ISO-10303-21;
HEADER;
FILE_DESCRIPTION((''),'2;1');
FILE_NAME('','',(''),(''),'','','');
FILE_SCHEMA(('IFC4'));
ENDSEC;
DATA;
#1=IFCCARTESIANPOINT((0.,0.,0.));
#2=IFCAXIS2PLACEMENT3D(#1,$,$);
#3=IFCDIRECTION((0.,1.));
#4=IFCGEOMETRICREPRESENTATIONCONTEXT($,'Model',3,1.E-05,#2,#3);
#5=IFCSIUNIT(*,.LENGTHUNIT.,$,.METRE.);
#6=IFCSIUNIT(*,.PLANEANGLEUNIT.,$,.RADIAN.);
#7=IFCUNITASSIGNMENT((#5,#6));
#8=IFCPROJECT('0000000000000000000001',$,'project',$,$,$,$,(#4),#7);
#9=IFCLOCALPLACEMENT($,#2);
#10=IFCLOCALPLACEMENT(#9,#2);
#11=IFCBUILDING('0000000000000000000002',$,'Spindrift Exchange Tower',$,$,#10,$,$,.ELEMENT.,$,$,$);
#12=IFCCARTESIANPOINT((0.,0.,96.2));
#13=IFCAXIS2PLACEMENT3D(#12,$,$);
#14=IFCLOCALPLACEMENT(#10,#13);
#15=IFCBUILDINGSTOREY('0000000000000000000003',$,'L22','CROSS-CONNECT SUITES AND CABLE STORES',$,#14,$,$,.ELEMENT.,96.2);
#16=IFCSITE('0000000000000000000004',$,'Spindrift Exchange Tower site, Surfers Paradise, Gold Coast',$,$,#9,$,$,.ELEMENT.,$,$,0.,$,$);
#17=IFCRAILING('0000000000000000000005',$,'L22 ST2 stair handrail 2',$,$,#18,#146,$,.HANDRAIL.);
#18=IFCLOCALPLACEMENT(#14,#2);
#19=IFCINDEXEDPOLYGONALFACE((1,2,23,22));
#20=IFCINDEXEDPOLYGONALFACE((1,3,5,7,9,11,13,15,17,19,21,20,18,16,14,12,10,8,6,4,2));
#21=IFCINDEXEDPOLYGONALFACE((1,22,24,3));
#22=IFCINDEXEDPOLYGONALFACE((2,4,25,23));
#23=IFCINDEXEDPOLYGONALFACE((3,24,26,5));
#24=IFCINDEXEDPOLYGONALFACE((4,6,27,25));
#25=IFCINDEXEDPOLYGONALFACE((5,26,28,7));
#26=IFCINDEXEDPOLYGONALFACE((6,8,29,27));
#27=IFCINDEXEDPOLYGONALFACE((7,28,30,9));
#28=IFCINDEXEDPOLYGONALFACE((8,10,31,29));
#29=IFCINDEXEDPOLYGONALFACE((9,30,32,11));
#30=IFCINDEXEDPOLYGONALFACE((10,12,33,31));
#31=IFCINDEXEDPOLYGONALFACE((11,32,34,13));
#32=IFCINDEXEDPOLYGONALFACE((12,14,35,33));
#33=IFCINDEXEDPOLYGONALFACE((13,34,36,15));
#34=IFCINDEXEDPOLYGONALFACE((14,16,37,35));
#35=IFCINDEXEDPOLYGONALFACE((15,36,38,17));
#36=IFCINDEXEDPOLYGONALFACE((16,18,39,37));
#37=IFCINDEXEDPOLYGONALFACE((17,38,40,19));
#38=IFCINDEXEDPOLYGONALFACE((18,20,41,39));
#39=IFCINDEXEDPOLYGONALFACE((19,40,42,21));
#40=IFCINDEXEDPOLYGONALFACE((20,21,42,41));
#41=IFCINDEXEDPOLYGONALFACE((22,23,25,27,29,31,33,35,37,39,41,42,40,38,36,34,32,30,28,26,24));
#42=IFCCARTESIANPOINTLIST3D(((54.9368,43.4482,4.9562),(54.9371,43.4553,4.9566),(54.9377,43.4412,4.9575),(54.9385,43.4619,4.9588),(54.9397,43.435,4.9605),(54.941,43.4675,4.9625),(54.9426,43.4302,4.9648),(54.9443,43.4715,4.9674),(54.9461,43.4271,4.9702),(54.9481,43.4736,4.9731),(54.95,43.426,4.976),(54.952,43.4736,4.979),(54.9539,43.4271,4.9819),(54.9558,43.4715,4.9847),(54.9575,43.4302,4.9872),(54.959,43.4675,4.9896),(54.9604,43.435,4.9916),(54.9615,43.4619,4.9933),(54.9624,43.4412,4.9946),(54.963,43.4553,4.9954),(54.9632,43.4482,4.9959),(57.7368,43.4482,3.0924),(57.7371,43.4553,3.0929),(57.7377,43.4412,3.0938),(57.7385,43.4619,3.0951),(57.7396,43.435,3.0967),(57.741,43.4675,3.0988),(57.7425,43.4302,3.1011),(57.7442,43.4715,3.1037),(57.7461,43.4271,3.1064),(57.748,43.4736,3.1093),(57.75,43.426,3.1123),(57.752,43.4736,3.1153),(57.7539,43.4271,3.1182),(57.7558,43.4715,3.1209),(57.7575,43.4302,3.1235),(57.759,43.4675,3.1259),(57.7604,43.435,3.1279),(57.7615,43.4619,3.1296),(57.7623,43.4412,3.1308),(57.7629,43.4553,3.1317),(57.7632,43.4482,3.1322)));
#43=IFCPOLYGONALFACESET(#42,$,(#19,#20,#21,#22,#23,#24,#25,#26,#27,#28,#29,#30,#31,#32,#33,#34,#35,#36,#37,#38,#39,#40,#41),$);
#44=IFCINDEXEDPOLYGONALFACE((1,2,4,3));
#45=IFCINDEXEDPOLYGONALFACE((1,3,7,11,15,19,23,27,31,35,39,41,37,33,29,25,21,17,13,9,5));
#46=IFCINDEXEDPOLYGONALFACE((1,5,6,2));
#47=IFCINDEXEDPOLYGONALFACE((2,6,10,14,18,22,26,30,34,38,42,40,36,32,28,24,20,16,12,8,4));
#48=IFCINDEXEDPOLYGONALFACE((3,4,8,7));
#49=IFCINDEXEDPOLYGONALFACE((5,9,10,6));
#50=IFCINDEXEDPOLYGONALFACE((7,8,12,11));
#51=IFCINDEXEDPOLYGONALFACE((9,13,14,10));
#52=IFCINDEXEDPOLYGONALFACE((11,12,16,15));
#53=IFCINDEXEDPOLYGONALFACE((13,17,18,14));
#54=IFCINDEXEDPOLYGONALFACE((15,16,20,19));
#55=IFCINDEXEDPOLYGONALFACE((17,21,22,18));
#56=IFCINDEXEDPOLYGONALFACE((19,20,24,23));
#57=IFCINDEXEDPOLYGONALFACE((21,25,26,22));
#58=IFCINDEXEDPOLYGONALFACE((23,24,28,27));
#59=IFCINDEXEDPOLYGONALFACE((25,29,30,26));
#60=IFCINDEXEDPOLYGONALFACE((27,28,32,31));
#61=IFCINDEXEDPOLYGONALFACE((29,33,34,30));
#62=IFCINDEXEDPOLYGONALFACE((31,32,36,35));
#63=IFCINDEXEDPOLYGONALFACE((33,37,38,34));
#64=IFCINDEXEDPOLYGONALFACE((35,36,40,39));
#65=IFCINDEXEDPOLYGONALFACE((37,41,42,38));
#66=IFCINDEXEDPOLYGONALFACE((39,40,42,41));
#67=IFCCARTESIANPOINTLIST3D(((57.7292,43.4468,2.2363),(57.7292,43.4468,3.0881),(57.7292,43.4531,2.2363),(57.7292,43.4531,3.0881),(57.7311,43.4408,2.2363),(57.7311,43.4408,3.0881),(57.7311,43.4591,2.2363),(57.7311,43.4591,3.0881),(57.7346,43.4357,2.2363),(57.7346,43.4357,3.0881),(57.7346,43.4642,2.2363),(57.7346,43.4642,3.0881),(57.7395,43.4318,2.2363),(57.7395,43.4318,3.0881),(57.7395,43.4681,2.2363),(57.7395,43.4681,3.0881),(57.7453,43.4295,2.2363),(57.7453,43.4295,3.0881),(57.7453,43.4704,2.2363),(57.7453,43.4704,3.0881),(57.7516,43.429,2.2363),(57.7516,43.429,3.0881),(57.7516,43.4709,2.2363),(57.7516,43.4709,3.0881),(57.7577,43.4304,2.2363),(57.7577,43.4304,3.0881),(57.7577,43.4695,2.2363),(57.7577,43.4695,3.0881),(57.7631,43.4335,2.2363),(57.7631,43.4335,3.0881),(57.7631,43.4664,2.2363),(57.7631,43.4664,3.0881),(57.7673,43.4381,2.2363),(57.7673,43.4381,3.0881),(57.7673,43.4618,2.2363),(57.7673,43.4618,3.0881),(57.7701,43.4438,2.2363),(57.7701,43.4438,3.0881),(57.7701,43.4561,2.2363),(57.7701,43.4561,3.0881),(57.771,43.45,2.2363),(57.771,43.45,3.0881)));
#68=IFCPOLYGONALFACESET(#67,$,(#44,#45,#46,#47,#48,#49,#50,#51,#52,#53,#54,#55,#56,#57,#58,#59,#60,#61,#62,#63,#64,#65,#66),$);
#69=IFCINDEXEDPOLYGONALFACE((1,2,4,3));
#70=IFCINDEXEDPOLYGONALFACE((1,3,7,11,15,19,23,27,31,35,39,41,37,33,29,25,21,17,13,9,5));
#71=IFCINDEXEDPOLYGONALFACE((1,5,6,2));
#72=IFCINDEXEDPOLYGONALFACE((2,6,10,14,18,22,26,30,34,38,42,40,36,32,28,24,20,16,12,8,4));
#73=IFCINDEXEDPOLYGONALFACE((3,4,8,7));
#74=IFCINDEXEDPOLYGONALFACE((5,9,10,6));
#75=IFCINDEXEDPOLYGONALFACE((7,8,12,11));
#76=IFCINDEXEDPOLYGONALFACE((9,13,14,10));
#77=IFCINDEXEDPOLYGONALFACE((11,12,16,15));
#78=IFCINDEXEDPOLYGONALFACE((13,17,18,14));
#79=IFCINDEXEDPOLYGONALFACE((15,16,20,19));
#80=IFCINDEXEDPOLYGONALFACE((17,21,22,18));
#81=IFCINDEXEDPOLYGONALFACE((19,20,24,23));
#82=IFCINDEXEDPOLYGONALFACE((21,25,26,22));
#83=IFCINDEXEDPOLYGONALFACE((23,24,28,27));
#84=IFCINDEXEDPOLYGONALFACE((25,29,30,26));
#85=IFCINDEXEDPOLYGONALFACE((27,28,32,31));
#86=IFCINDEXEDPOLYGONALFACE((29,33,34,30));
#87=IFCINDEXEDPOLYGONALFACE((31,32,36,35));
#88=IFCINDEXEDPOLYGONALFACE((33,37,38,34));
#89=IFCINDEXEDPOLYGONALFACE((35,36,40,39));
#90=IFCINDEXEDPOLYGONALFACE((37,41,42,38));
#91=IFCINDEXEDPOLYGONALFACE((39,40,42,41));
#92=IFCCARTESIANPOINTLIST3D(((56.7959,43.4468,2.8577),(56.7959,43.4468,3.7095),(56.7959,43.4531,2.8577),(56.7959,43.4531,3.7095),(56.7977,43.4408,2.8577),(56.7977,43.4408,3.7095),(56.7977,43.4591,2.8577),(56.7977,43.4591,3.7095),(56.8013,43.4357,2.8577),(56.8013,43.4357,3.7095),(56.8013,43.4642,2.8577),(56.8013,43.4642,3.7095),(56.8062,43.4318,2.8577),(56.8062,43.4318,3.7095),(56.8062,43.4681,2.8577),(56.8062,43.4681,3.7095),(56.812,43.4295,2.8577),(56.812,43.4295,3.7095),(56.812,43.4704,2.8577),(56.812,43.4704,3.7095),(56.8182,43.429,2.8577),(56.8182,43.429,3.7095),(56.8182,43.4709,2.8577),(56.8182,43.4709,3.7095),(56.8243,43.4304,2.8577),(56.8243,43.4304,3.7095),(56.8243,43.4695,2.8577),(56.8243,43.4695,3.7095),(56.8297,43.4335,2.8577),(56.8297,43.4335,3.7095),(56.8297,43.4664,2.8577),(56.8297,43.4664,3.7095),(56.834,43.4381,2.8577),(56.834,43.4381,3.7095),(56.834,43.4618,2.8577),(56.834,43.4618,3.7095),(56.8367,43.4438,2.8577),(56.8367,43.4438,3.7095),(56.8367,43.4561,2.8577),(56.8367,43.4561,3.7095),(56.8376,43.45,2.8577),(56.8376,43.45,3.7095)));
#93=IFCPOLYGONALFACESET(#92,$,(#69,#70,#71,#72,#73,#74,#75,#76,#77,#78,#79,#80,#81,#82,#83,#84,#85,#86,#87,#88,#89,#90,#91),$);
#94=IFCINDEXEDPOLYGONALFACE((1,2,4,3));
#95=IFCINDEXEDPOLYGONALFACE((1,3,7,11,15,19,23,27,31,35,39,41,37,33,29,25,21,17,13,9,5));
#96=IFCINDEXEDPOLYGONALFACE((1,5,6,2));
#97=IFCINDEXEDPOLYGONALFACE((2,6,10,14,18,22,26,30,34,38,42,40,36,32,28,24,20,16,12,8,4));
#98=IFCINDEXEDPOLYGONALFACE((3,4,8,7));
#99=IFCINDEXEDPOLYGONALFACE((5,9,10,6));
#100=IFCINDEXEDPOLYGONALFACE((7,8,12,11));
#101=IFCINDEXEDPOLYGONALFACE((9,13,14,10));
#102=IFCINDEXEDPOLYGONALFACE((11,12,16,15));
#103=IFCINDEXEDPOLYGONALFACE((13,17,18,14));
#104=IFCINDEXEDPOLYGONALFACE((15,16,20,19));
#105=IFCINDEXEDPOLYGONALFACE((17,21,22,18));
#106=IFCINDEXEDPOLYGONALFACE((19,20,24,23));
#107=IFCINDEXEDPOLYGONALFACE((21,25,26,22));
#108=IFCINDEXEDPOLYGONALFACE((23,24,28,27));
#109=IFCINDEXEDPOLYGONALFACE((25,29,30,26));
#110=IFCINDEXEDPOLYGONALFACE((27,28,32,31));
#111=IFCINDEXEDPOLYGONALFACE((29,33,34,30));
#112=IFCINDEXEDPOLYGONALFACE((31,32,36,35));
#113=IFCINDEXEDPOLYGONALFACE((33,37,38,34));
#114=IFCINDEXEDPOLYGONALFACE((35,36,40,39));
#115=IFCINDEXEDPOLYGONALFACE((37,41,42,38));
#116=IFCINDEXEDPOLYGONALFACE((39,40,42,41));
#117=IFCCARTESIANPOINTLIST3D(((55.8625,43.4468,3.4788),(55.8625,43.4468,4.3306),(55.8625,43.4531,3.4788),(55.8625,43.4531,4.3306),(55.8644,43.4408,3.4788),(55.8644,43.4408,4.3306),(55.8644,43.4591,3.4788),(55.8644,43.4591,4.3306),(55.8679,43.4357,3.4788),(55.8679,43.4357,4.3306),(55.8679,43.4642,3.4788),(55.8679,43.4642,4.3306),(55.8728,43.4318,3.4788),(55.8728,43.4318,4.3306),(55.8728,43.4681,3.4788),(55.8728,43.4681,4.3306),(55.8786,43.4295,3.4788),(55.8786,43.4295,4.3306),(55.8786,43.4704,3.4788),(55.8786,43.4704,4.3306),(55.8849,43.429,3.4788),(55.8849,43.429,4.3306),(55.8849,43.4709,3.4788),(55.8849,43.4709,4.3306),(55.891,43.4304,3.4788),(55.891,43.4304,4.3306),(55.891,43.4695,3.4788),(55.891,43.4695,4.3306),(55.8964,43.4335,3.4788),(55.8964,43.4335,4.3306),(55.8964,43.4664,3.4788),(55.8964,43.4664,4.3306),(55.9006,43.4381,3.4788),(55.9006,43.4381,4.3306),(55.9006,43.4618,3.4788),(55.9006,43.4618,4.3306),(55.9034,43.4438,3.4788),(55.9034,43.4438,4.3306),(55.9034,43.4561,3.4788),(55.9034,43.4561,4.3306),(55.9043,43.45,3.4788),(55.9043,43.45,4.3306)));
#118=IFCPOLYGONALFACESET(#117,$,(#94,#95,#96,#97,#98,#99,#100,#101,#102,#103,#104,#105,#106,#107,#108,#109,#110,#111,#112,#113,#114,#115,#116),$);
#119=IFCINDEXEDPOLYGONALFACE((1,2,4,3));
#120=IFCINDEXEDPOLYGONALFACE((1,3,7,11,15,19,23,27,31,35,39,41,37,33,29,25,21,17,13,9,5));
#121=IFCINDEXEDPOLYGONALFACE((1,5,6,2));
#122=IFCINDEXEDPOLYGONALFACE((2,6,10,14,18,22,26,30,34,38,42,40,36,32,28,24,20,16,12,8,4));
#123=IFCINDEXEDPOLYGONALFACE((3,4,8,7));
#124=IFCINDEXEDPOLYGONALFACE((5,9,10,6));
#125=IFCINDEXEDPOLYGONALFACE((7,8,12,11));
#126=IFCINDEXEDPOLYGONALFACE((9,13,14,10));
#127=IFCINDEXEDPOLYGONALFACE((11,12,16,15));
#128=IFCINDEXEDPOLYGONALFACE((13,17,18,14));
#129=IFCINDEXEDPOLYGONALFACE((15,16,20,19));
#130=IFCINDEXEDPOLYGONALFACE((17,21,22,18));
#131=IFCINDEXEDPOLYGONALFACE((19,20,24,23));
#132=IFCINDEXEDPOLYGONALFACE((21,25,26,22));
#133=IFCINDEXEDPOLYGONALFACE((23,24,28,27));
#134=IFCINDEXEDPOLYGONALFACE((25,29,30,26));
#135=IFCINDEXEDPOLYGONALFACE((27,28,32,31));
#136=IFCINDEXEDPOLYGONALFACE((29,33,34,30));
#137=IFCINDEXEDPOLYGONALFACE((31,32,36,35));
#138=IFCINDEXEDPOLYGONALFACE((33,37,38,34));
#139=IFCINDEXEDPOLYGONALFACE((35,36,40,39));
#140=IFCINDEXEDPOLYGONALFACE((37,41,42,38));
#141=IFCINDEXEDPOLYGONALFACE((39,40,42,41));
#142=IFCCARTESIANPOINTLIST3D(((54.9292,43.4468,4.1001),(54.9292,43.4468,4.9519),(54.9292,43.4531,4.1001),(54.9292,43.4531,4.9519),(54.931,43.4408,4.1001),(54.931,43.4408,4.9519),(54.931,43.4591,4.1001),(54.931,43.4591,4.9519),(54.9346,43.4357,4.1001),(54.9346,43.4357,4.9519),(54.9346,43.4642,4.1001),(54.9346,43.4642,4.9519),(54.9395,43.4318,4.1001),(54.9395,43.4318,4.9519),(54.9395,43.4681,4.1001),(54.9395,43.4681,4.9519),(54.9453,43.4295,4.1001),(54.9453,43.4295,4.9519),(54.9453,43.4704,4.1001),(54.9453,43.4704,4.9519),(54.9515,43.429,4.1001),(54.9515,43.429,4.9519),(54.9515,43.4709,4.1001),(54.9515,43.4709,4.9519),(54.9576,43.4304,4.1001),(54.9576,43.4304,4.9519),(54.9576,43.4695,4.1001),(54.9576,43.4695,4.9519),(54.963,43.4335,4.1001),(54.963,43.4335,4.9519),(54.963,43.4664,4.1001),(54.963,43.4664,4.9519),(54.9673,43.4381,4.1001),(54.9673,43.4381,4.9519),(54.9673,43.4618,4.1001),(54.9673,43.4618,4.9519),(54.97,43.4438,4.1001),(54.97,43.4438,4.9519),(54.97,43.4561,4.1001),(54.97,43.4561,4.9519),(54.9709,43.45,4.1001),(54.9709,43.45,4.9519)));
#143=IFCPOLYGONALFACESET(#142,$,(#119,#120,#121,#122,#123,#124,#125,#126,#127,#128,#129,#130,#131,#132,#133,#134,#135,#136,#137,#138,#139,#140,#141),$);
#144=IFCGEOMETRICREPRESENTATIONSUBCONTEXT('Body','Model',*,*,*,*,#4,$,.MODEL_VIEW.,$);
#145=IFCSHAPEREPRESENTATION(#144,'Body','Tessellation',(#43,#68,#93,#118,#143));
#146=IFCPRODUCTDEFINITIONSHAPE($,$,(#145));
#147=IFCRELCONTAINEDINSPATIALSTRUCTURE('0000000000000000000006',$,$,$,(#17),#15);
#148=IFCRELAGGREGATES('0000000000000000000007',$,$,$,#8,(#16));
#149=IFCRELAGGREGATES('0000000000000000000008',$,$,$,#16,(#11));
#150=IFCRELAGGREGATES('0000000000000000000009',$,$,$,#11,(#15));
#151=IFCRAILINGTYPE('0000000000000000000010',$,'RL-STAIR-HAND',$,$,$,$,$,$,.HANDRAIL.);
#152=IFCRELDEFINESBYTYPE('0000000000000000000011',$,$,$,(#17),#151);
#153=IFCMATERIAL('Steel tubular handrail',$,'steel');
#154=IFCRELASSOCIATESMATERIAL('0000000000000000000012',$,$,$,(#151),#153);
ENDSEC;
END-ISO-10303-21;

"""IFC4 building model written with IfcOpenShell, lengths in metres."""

from ifc_helpers import new_model, si_unit, direction, frame, origin, origin_2d, place, context, subcontext, project, spatial, circle, extrude, material, type_object, element, save


model = new_model("IFC4")

# Units and contexts
model_context = context("Model", 3, precision=1e-05, world=origin(), true_north=direction((0.0, 1.0)))
body_context = subcontext(model_context, "Body", "Model", "MODEL_VIEW")
ifc_project = project(units=[si_unit("LENGTHUNIT", "METRE"), si_unit("PLANEANGLEUNIT", "RADIAN")], contexts=[model_context])

# Site, building, storey
site_placement = place(None, origin())
site = spatial("IfcSite", under=ifc_project, at=site_placement, Name="Spindrift Exchange Tower site, Surfers Paradise, Gold Coast", CompositionType="ELEMENT", RefElevation=0.0)
building_placement = place(site_placement, origin())
building = spatial("IfcBuilding", under=site, at=building_placement, Name="Spindrift Exchange Tower", CompositionType="ELEMENT")
storey_placement = place(building_placement, frame((0.0, 0.0, 96.2)))
storey = spatial("IfcBuildingStorey", under=building, at=storey_placement, Name="L22", Description="CROSS-CONNECT SUITES AND CABLE STORES", CompositionType="ELEMENT", Elevation=96.2)

# Railing
ifc_material_1 = material(Name="Steel tubular handrail", Category="steel")
railing_type_1 = type_object("IfcRailingType", Name="RL-STAIR-HAND", PredefinedType="HANDRAIL", material=ifc_material_1)
railing_1_placement = place(storey_placement, frame((57.75, 43.45, 2.2363)))
element("IfcRailing", 1, at=railing_1_placement, inside=storey, type_object=railing_type_1, Name="L22 ST2 stair handrail 2", PredefinedType="HANDRAIL", context=body_context, shape_type="SweptSolid", body=[
    extrude(circle(Radius=0.0239, at=origin_2d()), frame((0.0, 0.0, 0.876), z_axis=(-0.832452, 0.0, 0.554097), x_axis=(0.0, -1.0, 0.0)), (0.0, 0.0, 1.0), 3.3635),
    extrude(circle(Radius=0.021, at=origin_2d()), origin(), (0.0, 0.0, 1.0), 0.8518),
    extrude(circle(Radius=0.021, at=origin_2d()), frame((-0.9333, 0.0, 0.6213)), (0.0, 0.0, 1.0), 0.8518),
    extrude(circle(Radius=0.021, at=origin_2d()), frame((-1.8667, 0.0, 1.2424)), (0.0, 0.0, 1.0), 0.8518),
    extrude(circle(Radius=0.021, at=origin_2d()), frame((-2.8, 0.0, 1.8638)), (0.0, 0.0, 1.0), 0.8518),
])

save(model, "model.ifc")
